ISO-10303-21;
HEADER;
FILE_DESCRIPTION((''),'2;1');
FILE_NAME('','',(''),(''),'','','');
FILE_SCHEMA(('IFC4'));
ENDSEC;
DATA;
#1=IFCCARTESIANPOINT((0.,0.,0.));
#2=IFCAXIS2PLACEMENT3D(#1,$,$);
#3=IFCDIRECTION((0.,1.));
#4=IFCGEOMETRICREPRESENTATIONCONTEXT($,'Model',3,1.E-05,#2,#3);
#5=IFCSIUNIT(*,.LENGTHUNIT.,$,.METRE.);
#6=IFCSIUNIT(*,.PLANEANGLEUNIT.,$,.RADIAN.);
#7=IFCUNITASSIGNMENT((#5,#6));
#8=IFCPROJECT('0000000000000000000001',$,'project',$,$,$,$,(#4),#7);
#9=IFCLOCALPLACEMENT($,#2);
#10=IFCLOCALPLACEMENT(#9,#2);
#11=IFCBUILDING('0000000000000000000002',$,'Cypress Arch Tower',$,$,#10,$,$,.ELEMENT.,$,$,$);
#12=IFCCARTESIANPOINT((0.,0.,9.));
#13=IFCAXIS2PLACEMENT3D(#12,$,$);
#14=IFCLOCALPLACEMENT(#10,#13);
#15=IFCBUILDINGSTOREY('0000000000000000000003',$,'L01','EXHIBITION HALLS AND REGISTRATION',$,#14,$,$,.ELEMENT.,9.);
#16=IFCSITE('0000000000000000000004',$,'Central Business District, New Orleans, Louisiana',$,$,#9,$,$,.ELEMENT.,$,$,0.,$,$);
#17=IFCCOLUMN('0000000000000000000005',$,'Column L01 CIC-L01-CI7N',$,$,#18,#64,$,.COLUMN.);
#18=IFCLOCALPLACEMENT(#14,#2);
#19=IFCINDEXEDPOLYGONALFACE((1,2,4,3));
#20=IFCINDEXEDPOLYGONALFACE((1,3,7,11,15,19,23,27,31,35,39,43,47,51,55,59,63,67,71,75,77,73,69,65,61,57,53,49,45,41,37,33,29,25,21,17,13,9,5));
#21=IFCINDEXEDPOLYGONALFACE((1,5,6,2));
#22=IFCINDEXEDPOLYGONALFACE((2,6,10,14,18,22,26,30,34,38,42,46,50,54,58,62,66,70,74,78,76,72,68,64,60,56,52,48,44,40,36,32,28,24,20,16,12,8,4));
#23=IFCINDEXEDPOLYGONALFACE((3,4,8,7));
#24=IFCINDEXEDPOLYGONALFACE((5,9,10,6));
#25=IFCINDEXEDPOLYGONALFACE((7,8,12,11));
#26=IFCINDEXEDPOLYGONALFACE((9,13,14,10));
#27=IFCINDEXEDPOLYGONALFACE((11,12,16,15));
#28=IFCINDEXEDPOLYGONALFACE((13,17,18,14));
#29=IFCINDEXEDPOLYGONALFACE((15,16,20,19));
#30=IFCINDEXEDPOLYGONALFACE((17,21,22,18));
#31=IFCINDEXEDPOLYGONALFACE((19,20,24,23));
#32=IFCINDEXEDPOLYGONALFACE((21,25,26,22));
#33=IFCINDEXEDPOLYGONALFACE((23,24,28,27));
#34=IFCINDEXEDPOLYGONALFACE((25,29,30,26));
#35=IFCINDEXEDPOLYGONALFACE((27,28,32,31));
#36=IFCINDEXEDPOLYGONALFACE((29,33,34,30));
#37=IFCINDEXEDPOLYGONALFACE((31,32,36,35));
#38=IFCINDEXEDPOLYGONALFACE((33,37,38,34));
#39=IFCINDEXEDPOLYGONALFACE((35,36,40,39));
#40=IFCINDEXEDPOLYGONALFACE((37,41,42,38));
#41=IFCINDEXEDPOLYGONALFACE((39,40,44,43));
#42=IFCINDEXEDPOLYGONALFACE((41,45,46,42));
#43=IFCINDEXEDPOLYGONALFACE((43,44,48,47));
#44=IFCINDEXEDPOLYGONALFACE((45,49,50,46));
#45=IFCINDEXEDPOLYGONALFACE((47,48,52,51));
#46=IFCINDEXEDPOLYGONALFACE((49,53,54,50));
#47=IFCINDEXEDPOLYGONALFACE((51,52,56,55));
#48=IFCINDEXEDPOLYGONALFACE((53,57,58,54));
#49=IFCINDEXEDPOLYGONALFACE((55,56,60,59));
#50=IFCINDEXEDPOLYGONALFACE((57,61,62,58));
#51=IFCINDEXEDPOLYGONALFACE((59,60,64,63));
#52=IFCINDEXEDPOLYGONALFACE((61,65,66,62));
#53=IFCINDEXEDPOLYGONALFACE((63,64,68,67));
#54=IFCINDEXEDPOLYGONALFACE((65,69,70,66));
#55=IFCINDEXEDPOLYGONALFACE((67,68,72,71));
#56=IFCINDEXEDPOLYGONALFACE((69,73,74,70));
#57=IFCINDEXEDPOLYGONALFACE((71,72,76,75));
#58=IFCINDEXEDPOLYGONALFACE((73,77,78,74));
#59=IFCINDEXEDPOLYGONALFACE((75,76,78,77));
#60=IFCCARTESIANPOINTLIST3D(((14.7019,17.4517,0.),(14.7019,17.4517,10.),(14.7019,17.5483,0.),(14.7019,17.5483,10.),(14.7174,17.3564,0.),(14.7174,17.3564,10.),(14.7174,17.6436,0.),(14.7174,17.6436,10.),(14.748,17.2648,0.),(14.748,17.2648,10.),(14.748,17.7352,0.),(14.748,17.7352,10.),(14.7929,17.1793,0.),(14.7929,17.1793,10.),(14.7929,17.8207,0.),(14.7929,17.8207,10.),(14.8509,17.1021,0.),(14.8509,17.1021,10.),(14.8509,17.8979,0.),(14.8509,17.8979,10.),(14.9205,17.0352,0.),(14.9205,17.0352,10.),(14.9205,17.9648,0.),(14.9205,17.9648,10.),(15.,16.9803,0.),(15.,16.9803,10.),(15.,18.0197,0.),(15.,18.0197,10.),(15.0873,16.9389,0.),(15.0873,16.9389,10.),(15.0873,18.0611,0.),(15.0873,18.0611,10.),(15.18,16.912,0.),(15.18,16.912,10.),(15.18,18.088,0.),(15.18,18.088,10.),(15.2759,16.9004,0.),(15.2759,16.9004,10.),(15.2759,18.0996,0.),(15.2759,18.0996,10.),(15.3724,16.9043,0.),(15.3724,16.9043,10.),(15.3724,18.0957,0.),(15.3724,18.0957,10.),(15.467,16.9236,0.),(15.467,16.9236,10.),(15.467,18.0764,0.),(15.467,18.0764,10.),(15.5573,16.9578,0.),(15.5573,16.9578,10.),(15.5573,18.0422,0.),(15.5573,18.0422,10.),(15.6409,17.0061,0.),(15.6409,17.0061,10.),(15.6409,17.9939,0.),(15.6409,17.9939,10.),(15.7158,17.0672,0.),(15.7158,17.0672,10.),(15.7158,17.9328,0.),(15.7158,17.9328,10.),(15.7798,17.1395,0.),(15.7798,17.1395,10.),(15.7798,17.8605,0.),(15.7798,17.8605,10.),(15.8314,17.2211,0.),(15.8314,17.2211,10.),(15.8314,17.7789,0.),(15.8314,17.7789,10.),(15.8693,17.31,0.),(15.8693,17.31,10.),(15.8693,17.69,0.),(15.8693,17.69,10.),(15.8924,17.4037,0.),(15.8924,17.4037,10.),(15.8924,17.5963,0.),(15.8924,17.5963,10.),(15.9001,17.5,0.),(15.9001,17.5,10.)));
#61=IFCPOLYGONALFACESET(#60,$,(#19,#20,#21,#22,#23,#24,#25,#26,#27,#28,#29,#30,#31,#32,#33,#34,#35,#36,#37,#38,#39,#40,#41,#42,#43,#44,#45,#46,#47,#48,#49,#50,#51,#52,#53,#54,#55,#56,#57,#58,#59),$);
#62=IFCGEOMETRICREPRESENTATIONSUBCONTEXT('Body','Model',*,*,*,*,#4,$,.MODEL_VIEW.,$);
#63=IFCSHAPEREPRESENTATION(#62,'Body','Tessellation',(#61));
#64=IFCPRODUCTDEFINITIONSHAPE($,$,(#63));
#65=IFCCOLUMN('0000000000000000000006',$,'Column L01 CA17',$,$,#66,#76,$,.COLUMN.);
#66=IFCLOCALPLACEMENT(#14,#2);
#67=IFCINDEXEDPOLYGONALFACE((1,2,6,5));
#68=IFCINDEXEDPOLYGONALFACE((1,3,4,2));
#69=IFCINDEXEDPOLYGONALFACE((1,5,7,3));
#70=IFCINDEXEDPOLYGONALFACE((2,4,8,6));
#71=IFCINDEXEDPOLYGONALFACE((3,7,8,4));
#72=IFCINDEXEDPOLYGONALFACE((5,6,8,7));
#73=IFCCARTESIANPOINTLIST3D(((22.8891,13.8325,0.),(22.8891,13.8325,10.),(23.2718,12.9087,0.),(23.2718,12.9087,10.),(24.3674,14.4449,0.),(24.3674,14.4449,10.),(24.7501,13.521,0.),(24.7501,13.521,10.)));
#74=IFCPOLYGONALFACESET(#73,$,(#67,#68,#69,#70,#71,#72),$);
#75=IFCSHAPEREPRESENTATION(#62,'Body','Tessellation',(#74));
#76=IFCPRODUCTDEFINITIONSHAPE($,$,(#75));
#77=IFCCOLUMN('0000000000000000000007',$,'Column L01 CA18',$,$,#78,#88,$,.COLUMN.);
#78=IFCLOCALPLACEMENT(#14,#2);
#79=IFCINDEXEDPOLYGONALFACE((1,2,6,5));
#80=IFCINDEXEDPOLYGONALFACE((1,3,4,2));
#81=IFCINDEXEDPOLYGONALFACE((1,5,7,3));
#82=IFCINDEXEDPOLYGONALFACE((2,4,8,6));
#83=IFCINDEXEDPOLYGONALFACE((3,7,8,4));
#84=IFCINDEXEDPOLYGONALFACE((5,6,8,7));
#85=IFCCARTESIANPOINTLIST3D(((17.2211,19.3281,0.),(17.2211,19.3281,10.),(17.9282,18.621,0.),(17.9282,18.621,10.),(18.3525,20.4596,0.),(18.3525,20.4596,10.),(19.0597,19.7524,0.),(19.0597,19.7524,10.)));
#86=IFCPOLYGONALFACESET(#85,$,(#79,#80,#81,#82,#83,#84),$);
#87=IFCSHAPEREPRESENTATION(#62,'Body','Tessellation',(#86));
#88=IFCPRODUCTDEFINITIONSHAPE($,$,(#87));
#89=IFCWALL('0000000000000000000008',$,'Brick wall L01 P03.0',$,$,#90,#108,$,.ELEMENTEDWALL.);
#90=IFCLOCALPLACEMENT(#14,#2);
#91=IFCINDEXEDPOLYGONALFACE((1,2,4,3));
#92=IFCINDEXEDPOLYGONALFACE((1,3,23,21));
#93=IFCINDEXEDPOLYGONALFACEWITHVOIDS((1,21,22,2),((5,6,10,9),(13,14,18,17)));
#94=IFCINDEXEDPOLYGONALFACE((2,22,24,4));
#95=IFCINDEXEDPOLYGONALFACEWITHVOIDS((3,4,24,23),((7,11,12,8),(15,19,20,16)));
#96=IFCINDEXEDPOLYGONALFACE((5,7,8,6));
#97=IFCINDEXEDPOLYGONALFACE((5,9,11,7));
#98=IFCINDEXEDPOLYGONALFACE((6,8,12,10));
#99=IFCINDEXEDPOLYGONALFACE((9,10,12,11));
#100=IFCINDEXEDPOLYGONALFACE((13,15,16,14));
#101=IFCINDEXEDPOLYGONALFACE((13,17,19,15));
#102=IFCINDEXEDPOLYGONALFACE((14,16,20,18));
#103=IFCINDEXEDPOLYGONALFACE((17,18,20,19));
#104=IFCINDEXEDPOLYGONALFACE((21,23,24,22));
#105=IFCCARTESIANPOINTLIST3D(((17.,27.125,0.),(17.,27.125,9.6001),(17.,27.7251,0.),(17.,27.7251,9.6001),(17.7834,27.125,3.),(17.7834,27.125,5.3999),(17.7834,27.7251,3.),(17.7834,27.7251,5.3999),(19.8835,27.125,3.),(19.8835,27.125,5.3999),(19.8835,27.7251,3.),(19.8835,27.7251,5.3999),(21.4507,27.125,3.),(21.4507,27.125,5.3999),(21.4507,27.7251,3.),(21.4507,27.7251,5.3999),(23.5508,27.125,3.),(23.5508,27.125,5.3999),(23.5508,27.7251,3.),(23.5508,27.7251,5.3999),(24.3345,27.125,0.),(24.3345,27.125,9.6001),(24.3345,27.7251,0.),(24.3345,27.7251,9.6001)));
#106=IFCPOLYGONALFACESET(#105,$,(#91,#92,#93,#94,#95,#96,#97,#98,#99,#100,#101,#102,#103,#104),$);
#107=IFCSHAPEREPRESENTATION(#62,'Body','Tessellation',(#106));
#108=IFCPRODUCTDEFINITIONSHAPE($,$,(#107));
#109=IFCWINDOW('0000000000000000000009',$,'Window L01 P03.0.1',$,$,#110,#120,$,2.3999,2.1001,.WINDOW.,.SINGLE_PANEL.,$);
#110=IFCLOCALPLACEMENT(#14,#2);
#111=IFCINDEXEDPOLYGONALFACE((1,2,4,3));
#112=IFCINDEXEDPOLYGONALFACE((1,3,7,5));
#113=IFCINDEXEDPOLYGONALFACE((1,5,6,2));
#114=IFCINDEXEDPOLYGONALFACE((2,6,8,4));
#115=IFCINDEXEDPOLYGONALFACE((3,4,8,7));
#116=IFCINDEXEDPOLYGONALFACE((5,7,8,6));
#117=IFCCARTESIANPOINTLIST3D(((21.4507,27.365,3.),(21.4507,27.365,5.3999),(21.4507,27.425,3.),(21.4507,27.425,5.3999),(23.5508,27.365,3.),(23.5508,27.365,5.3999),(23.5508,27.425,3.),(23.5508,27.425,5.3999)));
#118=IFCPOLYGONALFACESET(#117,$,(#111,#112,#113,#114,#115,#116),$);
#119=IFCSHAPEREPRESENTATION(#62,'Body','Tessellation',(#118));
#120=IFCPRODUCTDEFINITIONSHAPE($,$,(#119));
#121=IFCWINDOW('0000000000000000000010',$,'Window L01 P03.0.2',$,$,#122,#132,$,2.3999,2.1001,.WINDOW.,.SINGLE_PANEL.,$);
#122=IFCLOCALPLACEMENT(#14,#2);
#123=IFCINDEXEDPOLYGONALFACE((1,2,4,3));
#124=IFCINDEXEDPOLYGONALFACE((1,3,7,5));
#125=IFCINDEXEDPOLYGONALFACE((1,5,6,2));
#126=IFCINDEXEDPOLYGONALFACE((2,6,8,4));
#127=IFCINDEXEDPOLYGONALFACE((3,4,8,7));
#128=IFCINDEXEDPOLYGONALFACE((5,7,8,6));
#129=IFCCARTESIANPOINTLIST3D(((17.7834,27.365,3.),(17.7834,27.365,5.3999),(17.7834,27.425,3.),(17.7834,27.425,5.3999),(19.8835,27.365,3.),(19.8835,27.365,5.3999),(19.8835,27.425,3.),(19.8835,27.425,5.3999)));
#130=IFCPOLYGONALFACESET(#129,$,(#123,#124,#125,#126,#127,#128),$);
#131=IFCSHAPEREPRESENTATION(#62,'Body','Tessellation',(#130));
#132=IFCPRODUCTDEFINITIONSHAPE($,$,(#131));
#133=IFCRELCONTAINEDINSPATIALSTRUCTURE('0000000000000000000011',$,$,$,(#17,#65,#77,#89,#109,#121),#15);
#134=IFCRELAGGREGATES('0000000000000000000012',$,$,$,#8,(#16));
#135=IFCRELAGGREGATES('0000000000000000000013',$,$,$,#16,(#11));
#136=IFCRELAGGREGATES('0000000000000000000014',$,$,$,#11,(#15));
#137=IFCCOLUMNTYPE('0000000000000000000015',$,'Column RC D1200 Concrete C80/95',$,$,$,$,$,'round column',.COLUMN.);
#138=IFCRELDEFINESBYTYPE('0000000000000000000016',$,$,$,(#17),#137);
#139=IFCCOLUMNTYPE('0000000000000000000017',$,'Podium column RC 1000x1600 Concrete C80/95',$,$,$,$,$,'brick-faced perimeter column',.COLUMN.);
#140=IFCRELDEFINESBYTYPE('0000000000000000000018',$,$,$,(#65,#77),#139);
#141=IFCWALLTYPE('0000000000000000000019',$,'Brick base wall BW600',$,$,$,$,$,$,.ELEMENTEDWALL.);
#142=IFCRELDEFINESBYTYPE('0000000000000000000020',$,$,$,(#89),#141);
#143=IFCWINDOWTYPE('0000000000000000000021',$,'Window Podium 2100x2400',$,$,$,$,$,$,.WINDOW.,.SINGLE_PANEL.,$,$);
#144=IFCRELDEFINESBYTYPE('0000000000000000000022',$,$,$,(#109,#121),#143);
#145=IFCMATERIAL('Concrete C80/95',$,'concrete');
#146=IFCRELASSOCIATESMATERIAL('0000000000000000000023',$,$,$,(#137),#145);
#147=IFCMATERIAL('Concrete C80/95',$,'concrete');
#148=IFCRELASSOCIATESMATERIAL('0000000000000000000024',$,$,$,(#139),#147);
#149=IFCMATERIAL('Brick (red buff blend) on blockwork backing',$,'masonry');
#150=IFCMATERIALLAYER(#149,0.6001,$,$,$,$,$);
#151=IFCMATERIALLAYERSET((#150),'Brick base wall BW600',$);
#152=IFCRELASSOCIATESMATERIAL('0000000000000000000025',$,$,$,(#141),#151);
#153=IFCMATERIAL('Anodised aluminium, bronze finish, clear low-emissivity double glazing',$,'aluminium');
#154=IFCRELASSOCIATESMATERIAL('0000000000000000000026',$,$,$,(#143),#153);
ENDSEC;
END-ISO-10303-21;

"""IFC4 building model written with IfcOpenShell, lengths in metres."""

from ifc_helpers import new_model, si_unit, direction, frame, frame_2d, origin, origin_2d, place, context, subcontext, project, spatial, rectangle, circle, extrude, material, layer, layer_set, material_profile, profile_set, type_object, element, fill, save


model = new_model("IFC4")

# Units and contexts
model_context = context("Model", 3, precision=1e-05, world=origin(), true_north=direction((0.0, 1.0)))
body_context = subcontext(model_context, "Body", "Model", "MODEL_VIEW")
ifc_project = project(units=[si_unit("LENGTHUNIT", "METRE"), si_unit("PLANEANGLEUNIT", "RADIAN")], contexts=[model_context])

# Site, building, storey
site_placement = place(None, origin())
site = spatial("IfcSite", under=ifc_project, at=site_placement, Name="Central Business District, New Orleans, Louisiana", CompositionType="ELEMENT", RefElevation=0.0)
building_placement = place(site_placement, origin())
building = spatial("IfcBuilding", under=site, at=building_placement, Name="Cypress Arch Tower", CompositionType="ELEMENT")
storey_placement = place(building_placement, frame((0.0, 0.0, 9.0)))
storey = spatial("IfcBuildingStorey", under=building, at=storey_placement, Name="L01", Description="EXHIBITION HALLS AND REGISTRATION", CompositionType="ELEMENT", Elevation=9.0)

# Columns
ifc_material_1 = material(Name="Concrete C80/95", Category="concrete")
ifc_material_profile_1 = material_profile(ifc_material_1, circle(Radius=0.6001, at=origin_2d()), Name="RC D1200")
ifc_profile_set_1 = profile_set([ifc_material_profile_1], Name="Concrete C80/95")
column_type_1 = type_object("IfcColumnType", Name="Column RC D1200 Concrete C80/95", ElementType="round column", PredefinedType="COLUMN", material=ifc_profile_set_1)
column_placement = place(storey_placement, frame((15.3, 17.5, 0.0), z_axis=(0.0, 0.0, 1.0), x_axis=(1.0, 0.0, 0.0)))
element("IfcColumn", 1, at=column_placement, inside=storey, type_object=column_type_1, Name="Column L01 CIC-L01-CI7N", PredefinedType="COLUMN", context=body_context, shape_type="SweptSolid", body=[
    extrude(circle(Radius=0.6001, at=origin_2d()), origin(), (0.0, 0.0, 1.0), 10.0),
])
ifc_material_2 = material(Name="Concrete C80/95", Category="concrete")
ifc_material_profile_2 = material_profile(ifc_material_2, rectangle(XDim=1.0, YDim=1.6001, at=origin_2d()), Name="RC 1000x1600")
ifc_profile_set_2 = profile_set([ifc_material_profile_2], Name="Concrete C80/95")
column_type_2 = type_object("IfcColumnType", Name="Podium column RC 1000x1600 Concrete C80/95", ElementType="brick-faced perimeter column", PredefinedType="COLUMN", material=ifc_profile_set_2)
for number, where, z_axis, x_axis, name in (
    (2, (23.8196, 13.6768, 0.0), (0.0, 0.0, 1.0), (-0.382683, 0.92388, 0.0), "Column L01 CA17"),
    (3, (18.1404, 19.5403, 0.0), (0.0, 0.0, 1.0), (-0.707107, 0.707107, 0.0), "Column L01 CA18"),
):
    element("IfcColumn", number, at=place(storey_placement, frame(where, z_axis=z_axis, x_axis=x_axis)), inside=storey, type_object=column_type_2, Name=name, PredefinedType="COLUMN", context=body_context, shape_type="SweptSolid", body=[
        extrude(rectangle(XDim=1.0, YDim=1.6001, at=origin_2d()), origin(), (0.0, 0.0, 1.0), 10.0),
    ])

# Wall, openings, windows
ifc_material_3 = material(Name="Brick (red buff blend) on blockwork backing", Category="masonry")
ifc_layer_1 = layer(ifc_material_3, 0.6001)
ifc_layer_set_1 = layer_set([ifc_layer_1], Name="Brick base wall BW600")
wall_type_1 = type_object("IfcWallType", Name="Brick base wall BW600", PredefinedType="ELEMENTEDWALL", material=ifc_layer_set_1)
wall_1_placement = place(storey_placement, frame((24.3345, 27.425, 0.0), z_axis=(0.0, 0.0, 1.0), x_axis=(-1.0, 0.0, 0.0)))
wall_1 = element("IfcWall", 4, at=wall_1_placement, inside=storey, type_object=wall_type_1, Name="Brick wall L01 P03.0", PredefinedType="ELEMENTEDWALL", context=body_context, shape_type="SweptSolid", body=[
    extrude(rectangle(XDim=7.3345, YDim=0.6001, at=frame_2d((3.6672, 0.0))), origin(), (0.0, 0.0, 1.0), 9.6001),
])
opening_1_placement = place(wall_1_placement, frame((0.7837, 0.0, 3.0)))
opening_1 = element("IfcOpeningElement", 5, at=opening_1_placement, cuts=wall_1, PredefinedType="OPENING", context=body_context, shape_type="SweptSolid", body=[
    extrude(rectangle(XDim=2.1001, YDim=2.3999, at=frame_2d((1.05, 1.2))), frame((0.0, 0.3101, 0.0), z_axis=(0.0, -1.0, 0.0), x_axis=(1.0, 0.0, 0.0)), (0.0, 0.0, 1.0), 0.6201),
])
opening_2_placement = place(wall_1_placement, frame((4.4509, 0.0, 3.0)))
opening_2 = element("IfcOpeningElement", 6, at=opening_2_placement, cuts=wall_1, PredefinedType="OPENING", context=body_context, shape_type="SweptSolid", body=[
    extrude(rectangle(XDim=2.1001, YDim=2.3999, at=frame_2d((1.05, 1.2))), frame((0.0, 0.3101, 0.0), z_axis=(0.0, -1.0, 0.0), x_axis=(1.0, 0.0, 0.0)), (0.0, 0.0, 1.0), 0.6201),
])
ifc_material_4 = material(Name="Anodised aluminium, bronze finish, clear low-emissivity double glazing", Category="aluminium")
window_type = type_object("IfcWindowType", Name="Window Podium 2100x2400", PartitioningType="SINGLE_PANEL", PredefinedType="WINDOW", material=ifc_material_4)
window_1_placement = place(opening_1_placement, origin())
window_1 = element("IfcWindow", 7, at=window_1_placement, inside=storey, type_object=window_type, Name="Window L01 P03.0.1", OverallHeight=2.3999, OverallWidth=2.1001, PartitioningType="SINGLE_PANEL", PredefinedType="WINDOW", context=body_context, shape_type="SweptSolid", body=[
    extrude(rectangle(XDim=2.1001, YDim=2.3999, at=frame_2d((1.05, 1.2))), frame((0.0, 0.0601, 0.0), z_axis=(0.0, -1.0, 0.0), x_axis=(1.0, 0.0, 0.0)), (0.0, 0.0, 1.0), 0.0601),
])
fill(opening_1, window_1)
window_2_placement = place(opening_2_placement, origin())
window_2 = element("IfcWindow", 8, at=window_2_placement, inside=storey, type_object=window_type, Name="Window L01 P03.0.2", OverallHeight=2.3999, OverallWidth=2.1001, PartitioningType="SINGLE_PANEL", PredefinedType="WINDOW", context=body_context, shape_type="SweptSolid", body=[
    extrude(rectangle(XDim=2.1001, YDim=2.3999, at=frame_2d((1.05, 1.2))), frame((0.0, 0.0601, 0.0), z_axis=(0.0, -1.0, 0.0), x_axis=(1.0, 0.0, 0.0)), (0.0, 0.0, 1.0), 0.0601),
])
fill(opening_2, window_2)

save(model, "model.ifc")
